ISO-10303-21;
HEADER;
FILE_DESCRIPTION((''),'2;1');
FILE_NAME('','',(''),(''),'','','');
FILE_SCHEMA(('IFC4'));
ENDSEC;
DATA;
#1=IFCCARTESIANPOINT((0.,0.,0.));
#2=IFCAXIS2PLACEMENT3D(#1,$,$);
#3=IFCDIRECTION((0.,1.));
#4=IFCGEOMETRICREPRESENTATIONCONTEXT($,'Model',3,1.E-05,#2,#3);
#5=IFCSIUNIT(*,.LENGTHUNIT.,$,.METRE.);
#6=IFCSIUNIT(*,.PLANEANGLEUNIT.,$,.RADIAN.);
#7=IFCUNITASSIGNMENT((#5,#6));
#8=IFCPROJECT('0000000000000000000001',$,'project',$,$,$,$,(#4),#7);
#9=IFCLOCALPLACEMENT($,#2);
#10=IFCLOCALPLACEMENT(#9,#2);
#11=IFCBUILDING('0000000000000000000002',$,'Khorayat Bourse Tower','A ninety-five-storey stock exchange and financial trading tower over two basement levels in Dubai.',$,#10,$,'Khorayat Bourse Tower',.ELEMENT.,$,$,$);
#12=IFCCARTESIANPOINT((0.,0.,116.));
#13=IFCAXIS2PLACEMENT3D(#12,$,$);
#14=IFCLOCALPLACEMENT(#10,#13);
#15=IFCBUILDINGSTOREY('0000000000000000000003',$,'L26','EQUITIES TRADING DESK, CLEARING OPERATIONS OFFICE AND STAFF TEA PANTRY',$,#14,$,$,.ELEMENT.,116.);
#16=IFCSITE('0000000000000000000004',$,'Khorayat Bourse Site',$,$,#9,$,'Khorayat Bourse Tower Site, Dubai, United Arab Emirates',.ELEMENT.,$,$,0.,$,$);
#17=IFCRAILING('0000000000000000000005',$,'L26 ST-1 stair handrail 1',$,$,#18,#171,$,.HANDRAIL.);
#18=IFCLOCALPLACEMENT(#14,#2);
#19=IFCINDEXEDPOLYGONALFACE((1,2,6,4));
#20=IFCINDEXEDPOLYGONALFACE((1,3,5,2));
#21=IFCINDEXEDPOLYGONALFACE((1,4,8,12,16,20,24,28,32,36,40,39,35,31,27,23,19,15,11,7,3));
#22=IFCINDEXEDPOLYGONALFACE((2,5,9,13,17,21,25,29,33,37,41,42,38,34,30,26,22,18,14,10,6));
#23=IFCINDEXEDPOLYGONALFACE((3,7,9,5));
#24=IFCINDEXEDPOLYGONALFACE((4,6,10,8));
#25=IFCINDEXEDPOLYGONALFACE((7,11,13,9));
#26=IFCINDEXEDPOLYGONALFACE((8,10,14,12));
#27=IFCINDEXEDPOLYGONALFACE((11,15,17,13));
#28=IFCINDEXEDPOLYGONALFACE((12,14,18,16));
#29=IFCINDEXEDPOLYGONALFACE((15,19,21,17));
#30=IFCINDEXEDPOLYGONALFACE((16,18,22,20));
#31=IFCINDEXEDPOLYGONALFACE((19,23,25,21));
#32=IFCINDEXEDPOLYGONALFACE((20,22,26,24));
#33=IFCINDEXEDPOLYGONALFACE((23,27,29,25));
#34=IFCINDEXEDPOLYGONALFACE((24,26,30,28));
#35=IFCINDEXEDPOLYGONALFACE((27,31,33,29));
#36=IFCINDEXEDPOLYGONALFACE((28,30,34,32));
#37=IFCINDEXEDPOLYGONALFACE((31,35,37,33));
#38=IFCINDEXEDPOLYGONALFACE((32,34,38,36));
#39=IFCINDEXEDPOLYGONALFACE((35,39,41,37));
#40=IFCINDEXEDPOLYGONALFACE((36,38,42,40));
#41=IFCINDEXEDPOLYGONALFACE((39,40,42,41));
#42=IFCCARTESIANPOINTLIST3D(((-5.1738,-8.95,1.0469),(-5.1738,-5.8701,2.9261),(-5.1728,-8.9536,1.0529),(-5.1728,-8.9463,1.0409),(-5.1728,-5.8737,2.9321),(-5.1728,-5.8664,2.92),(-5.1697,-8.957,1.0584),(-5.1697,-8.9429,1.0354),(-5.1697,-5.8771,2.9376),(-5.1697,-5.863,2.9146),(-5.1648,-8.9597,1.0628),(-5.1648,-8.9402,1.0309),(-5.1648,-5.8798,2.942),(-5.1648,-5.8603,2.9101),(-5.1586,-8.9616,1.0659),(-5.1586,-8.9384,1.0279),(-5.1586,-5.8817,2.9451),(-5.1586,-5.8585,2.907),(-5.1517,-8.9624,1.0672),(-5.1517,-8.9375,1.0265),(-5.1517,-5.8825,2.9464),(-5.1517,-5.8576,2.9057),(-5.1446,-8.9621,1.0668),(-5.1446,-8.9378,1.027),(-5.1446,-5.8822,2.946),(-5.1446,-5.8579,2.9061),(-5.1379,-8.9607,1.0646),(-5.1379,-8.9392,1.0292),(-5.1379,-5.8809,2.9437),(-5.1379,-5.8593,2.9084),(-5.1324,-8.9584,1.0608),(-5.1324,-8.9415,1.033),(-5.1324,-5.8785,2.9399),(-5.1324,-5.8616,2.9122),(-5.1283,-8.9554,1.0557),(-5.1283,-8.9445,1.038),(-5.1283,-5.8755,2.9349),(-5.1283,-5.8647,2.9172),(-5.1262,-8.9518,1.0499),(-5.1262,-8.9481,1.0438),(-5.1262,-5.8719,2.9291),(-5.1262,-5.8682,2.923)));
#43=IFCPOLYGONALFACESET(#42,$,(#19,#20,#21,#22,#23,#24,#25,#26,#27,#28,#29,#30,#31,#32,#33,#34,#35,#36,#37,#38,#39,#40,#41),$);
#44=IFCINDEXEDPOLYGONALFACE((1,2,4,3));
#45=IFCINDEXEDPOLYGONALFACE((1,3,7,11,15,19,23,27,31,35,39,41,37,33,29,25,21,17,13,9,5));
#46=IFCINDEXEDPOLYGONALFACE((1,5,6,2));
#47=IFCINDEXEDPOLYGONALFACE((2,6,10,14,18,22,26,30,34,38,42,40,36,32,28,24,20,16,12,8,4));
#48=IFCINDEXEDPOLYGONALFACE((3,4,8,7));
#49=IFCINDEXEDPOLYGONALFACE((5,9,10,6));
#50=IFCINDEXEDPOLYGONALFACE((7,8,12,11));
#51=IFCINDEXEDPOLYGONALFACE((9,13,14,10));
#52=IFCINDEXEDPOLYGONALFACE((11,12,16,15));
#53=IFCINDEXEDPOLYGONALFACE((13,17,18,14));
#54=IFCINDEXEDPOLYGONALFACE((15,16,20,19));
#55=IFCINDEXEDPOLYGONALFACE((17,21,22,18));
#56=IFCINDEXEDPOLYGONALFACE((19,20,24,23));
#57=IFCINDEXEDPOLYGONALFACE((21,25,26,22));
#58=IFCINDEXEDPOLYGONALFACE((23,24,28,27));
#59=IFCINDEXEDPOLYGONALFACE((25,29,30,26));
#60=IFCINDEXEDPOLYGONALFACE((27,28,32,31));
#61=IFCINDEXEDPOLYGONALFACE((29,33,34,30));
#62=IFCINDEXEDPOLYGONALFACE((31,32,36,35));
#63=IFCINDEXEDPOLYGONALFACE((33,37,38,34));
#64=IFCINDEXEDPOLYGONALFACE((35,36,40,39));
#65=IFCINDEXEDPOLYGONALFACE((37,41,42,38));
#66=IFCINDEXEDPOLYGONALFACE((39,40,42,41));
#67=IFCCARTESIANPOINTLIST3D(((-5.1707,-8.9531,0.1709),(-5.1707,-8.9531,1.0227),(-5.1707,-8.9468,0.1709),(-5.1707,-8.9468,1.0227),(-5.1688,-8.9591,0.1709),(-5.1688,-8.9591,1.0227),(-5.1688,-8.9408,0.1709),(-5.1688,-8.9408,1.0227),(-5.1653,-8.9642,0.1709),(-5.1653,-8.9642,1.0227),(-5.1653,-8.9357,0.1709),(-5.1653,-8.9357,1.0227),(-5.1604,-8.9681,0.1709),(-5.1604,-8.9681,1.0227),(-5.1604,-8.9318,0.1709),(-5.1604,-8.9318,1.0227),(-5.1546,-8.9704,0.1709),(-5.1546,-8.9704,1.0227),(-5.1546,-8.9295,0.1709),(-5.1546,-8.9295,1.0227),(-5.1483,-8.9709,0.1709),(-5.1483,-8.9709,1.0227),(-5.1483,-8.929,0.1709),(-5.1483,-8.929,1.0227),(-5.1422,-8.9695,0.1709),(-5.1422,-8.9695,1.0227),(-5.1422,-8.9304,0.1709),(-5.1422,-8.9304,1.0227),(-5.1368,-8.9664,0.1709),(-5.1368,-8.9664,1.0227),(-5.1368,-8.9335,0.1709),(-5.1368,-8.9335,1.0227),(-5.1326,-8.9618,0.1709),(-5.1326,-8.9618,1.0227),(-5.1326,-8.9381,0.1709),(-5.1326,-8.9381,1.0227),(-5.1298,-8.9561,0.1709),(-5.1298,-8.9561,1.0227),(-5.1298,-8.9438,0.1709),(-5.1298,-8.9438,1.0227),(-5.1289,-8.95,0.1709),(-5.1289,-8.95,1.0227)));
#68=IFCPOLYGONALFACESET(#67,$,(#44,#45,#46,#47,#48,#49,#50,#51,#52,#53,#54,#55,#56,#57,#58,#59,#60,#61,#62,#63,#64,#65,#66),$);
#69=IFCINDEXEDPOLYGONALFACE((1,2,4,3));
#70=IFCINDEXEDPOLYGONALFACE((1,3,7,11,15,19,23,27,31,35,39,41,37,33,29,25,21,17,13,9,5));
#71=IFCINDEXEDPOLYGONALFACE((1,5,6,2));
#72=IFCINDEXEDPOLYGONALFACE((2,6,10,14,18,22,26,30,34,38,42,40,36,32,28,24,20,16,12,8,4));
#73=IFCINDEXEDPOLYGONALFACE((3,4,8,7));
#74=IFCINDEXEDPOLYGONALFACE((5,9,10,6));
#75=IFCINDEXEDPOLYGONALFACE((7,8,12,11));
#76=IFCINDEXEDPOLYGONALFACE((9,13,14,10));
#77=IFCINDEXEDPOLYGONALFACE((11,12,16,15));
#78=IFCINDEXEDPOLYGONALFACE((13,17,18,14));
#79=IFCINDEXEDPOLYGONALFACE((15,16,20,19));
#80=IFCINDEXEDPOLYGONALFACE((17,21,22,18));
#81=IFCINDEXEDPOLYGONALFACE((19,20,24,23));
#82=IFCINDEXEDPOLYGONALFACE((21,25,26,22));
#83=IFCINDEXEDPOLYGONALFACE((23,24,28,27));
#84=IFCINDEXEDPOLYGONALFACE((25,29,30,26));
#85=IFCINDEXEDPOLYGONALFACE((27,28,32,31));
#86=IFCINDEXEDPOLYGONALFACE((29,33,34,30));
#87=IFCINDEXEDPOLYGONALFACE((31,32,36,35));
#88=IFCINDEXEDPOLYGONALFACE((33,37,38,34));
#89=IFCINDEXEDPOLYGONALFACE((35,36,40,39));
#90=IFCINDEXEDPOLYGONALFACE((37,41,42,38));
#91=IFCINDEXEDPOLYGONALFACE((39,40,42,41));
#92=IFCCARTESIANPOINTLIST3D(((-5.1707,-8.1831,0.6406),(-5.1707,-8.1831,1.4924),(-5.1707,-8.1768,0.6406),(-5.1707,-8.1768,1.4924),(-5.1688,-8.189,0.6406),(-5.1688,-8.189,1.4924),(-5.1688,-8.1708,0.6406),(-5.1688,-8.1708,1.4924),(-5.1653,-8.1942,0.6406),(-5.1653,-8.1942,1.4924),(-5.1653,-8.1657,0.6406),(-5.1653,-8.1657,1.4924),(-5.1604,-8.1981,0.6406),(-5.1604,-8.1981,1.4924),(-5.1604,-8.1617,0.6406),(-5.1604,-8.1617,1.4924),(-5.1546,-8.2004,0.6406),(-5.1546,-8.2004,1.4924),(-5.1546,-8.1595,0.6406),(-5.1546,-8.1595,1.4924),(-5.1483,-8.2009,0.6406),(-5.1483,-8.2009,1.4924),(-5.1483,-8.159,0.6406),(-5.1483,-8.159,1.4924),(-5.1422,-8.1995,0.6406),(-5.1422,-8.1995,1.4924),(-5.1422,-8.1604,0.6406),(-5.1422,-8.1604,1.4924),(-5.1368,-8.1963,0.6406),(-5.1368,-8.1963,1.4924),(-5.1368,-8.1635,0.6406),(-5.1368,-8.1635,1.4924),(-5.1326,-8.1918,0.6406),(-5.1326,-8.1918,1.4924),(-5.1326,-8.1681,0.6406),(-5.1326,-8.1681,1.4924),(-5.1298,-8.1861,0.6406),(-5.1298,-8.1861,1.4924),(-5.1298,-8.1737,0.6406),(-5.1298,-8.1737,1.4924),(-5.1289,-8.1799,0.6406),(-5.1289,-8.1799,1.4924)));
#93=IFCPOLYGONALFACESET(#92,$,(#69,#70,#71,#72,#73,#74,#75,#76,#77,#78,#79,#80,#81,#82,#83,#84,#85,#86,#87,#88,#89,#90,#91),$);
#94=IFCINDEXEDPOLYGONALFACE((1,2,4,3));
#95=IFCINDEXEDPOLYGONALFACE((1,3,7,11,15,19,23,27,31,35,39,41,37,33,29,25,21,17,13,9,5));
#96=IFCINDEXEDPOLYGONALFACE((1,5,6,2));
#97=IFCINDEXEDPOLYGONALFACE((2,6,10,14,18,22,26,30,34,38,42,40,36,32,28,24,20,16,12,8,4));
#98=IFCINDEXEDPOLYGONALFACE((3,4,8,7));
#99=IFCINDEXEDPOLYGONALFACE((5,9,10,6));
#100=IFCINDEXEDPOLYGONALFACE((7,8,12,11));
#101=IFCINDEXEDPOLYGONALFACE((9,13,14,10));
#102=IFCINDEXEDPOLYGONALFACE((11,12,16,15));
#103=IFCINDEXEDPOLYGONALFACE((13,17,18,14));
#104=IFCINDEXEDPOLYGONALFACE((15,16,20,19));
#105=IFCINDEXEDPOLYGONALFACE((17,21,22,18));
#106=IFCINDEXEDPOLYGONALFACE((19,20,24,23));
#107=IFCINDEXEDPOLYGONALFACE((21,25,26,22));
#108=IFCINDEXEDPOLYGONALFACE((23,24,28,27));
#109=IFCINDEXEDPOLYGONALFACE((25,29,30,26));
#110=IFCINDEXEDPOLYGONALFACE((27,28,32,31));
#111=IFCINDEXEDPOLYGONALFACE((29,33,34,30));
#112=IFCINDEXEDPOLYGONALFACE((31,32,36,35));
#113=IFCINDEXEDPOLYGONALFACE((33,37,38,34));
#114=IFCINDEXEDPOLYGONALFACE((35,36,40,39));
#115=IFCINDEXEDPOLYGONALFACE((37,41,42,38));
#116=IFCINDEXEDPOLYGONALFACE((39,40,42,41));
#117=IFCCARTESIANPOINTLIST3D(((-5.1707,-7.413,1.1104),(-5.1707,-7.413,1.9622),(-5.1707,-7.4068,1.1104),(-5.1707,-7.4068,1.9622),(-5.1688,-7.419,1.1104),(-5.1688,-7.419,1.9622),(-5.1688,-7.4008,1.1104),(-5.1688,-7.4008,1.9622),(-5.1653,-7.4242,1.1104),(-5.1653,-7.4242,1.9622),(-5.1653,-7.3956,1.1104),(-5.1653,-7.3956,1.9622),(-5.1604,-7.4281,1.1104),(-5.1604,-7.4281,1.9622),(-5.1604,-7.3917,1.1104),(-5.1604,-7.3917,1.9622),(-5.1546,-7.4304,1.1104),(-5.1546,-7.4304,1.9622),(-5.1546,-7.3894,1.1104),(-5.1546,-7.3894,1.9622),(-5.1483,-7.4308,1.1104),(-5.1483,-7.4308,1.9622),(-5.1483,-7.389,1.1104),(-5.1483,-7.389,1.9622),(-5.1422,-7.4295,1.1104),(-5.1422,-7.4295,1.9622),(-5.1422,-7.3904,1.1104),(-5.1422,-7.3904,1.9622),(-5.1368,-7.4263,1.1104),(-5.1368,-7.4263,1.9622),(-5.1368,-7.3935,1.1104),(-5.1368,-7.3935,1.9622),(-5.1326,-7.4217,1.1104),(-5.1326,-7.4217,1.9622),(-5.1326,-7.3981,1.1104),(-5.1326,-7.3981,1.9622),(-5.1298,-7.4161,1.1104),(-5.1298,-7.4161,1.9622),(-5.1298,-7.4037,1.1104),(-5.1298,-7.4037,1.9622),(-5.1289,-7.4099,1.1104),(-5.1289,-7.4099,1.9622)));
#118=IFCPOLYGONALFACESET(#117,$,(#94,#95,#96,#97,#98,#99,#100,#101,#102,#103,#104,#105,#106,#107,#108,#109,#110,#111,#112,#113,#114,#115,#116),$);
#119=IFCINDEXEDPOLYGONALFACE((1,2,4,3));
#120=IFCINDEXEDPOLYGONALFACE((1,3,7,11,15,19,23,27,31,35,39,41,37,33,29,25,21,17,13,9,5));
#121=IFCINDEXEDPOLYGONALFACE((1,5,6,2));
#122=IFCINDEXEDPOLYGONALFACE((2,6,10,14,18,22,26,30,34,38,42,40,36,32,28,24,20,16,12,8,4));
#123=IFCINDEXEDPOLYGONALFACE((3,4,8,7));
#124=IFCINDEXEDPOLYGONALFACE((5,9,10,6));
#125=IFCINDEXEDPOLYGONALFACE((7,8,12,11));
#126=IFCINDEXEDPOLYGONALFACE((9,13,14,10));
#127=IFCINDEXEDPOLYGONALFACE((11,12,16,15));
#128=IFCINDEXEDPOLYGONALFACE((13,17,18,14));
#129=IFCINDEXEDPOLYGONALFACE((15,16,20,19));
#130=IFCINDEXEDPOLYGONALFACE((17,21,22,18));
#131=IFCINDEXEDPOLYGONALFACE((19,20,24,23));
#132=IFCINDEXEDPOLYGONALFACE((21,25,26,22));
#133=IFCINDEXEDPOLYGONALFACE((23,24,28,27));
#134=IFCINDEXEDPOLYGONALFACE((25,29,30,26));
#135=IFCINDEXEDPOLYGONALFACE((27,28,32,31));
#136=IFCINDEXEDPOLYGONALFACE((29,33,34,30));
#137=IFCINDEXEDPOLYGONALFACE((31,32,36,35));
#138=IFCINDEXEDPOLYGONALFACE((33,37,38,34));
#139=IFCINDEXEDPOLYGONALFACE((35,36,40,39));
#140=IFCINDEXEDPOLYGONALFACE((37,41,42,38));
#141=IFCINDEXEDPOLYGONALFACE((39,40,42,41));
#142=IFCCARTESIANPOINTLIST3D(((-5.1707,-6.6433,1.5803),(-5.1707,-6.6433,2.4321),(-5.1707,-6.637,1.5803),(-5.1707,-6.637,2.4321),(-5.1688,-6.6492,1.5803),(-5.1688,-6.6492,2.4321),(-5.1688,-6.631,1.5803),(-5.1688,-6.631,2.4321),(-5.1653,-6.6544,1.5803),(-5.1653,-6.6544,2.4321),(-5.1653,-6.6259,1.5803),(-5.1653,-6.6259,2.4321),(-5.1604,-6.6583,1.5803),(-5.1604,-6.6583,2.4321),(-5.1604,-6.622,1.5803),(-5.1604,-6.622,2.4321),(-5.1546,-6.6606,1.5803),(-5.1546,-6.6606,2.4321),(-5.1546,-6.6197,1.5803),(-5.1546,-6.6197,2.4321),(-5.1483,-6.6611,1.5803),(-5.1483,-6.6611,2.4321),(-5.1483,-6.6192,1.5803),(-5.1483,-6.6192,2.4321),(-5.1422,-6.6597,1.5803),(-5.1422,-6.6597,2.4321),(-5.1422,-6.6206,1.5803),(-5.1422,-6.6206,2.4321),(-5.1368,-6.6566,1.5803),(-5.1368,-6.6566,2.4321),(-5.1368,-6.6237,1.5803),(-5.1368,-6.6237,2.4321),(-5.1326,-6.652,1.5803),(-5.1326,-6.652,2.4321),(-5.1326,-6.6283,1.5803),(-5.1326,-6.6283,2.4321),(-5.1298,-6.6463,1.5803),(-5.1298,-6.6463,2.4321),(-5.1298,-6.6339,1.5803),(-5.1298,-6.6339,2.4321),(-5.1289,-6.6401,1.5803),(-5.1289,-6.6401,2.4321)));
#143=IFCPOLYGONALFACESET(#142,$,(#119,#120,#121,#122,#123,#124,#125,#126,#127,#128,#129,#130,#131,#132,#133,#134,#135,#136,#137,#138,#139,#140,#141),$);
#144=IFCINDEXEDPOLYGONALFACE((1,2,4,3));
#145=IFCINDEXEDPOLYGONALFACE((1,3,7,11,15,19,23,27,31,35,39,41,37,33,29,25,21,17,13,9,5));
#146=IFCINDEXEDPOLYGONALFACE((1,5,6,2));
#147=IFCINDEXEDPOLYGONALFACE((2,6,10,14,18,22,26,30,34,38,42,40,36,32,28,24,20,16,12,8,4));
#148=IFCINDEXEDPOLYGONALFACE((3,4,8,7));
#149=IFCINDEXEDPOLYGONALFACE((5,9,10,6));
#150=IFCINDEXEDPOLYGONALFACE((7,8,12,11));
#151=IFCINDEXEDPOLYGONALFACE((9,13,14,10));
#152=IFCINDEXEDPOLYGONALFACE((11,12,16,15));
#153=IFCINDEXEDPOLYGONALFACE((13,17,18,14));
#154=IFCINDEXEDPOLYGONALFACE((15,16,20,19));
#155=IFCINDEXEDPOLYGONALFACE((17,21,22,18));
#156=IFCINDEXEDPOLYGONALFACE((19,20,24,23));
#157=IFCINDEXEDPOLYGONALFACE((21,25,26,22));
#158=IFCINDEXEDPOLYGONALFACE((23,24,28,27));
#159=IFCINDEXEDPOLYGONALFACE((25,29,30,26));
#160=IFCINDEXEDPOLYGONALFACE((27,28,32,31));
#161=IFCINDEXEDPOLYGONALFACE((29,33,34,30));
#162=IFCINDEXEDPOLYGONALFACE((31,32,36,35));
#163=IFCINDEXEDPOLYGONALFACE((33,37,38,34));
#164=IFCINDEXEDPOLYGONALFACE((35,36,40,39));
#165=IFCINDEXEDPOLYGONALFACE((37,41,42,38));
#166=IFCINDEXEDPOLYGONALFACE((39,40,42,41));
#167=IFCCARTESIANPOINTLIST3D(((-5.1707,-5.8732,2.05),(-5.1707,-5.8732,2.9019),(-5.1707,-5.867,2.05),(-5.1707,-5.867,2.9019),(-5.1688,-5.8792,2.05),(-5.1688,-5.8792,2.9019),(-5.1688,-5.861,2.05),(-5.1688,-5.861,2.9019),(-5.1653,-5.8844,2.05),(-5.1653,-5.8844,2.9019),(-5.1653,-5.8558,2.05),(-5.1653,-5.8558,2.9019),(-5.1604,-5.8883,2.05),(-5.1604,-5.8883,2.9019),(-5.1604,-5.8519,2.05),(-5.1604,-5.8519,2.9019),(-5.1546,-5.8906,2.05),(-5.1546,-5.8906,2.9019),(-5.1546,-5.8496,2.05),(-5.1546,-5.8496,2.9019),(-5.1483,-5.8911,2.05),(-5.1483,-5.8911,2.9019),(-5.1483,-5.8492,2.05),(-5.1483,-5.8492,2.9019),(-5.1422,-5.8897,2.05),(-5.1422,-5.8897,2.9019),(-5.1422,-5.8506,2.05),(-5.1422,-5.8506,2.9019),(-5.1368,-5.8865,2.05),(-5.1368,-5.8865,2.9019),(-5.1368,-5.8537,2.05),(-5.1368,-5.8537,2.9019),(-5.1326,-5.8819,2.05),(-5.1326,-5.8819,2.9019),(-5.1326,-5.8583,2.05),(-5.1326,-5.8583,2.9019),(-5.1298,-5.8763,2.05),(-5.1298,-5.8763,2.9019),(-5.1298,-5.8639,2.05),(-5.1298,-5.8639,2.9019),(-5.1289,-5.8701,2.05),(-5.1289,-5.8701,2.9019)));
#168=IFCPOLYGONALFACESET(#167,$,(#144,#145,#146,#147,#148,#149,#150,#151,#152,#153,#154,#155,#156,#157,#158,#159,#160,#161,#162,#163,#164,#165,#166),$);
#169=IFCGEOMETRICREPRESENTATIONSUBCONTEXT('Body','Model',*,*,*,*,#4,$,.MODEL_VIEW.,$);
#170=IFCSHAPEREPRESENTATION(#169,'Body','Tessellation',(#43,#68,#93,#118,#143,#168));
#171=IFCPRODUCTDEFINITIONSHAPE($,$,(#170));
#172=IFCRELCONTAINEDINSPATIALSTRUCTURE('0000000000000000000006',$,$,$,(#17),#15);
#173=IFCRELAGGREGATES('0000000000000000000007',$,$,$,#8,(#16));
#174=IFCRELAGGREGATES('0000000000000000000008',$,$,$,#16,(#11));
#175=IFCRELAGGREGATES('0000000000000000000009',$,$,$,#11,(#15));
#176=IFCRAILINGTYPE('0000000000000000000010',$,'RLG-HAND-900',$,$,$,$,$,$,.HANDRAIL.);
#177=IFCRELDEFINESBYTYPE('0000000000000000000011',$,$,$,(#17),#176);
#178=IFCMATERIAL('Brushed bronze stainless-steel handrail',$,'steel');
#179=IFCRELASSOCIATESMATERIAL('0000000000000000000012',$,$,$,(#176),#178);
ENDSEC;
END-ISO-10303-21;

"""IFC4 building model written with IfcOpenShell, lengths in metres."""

from ifc_helpers import new_model, si_unit, direction, frame, origin, origin_2d, place, context, subcontext, project, spatial, circle, extrude, source, transform, mapped, material, type_object, element, save


model = new_model("IFC4")

# Units and contexts
model_context = context("Model", 3, precision=1e-05, world=origin(), true_north=direction((0.0, 1.0)))
body_context = subcontext(model_context, "Body", "Model", "MODEL_VIEW")
ifc_project = project(units=[si_unit("LENGTHUNIT", "METRE"), si_unit("PLANEANGLEUNIT", "RADIAN")], contexts=[model_context])

# Site, building, storey
site_placement = place(None, origin())
site = spatial("IfcSite", under=ifc_project, at=site_placement, Name="Khorayat Bourse Site", LongName="Khorayat Bourse Tower Site, Dubai, United Arab Emirates", CompositionType="ELEMENT", RefElevation=0.0)
building_placement = place(site_placement, origin())
building = spatial("IfcBuilding", under=site, at=building_placement, Name="Khorayat Bourse Tower", Description="A ninety-five-storey stock exchange and financial trading tower over two basement levels in Dubai.", LongName="Khorayat Bourse Tower", CompositionType="ELEMENT")
storey_placement = place(building_placement, frame((0.0, 0.0, 116.0)))
storey = spatial("IfcBuildingStorey", under=building, at=storey_placement, Name="L26", Description="EQUITIES TRADING DESK, CLEARING OPERATIONS OFFICE AND STAFF TEA PANTRY", CompositionType="ELEMENT", Elevation=116.0)

# Railing
ifc_material_1 = material(Name="Brushed bronze stainless-steel handrail", Category="steel")
railing_type_1 = type_object("IfcRailingType", Name="RLG-HAND-900", PredefinedType="HANDRAIL", material=ifc_material_1)
shared_shape_1 = source(origin(), body_context, "Body", "SweptSolid", [
    extrude(circle(Radius=0.0239, at=origin_2d()), frame((0.0, 0.0, 0.876), z_axis=(0.0, 0.853648, 0.52085), x_axis=(-1.0, 0.0, 0.0)), (0.0, 0.0, 1.0), 3.6079),
    extrude(circle(Radius=0.021, at=origin_2d()), origin(), (0.0, 0.0, 1.0), 0.8518),
    extrude(circle(Radius=0.021, at=origin_2d()), frame((0.0, 0.77, 0.4697)), (0.0, 0.0, 1.0), 0.8518),
    extrude(circle(Radius=0.021, at=origin_2d()), frame((0.0, 1.54, 0.9395)), (0.0, 0.0, 1.0), 0.8518),
    extrude(circle(Radius=0.021, at=origin_2d()), frame((0.0, 2.3098, 1.4094)), (0.0, 0.0, 1.0), 0.8518),
    extrude(circle(Radius=0.021, at=origin_2d()), frame((0.0, 3.0798, 1.8792)), (0.0, 0.0, 1.0), 0.8518),
])
railing_1_placement = place(storey_placement, frame((-5.1499, -8.95, 0.1709)))
element("IfcRailing", 1, at=railing_1_placement, inside=storey, type_object=railing_type_1, Name="L26 ST-1 stair handrail 1", PredefinedType="HANDRAIL", context=body_context, shape_type="MappedRepresentation", body=[
    mapped(shared_shape_1, transform((0.0, 0.0, 0.0), scale=1.0)),
])

save(model, "model.ifc")
